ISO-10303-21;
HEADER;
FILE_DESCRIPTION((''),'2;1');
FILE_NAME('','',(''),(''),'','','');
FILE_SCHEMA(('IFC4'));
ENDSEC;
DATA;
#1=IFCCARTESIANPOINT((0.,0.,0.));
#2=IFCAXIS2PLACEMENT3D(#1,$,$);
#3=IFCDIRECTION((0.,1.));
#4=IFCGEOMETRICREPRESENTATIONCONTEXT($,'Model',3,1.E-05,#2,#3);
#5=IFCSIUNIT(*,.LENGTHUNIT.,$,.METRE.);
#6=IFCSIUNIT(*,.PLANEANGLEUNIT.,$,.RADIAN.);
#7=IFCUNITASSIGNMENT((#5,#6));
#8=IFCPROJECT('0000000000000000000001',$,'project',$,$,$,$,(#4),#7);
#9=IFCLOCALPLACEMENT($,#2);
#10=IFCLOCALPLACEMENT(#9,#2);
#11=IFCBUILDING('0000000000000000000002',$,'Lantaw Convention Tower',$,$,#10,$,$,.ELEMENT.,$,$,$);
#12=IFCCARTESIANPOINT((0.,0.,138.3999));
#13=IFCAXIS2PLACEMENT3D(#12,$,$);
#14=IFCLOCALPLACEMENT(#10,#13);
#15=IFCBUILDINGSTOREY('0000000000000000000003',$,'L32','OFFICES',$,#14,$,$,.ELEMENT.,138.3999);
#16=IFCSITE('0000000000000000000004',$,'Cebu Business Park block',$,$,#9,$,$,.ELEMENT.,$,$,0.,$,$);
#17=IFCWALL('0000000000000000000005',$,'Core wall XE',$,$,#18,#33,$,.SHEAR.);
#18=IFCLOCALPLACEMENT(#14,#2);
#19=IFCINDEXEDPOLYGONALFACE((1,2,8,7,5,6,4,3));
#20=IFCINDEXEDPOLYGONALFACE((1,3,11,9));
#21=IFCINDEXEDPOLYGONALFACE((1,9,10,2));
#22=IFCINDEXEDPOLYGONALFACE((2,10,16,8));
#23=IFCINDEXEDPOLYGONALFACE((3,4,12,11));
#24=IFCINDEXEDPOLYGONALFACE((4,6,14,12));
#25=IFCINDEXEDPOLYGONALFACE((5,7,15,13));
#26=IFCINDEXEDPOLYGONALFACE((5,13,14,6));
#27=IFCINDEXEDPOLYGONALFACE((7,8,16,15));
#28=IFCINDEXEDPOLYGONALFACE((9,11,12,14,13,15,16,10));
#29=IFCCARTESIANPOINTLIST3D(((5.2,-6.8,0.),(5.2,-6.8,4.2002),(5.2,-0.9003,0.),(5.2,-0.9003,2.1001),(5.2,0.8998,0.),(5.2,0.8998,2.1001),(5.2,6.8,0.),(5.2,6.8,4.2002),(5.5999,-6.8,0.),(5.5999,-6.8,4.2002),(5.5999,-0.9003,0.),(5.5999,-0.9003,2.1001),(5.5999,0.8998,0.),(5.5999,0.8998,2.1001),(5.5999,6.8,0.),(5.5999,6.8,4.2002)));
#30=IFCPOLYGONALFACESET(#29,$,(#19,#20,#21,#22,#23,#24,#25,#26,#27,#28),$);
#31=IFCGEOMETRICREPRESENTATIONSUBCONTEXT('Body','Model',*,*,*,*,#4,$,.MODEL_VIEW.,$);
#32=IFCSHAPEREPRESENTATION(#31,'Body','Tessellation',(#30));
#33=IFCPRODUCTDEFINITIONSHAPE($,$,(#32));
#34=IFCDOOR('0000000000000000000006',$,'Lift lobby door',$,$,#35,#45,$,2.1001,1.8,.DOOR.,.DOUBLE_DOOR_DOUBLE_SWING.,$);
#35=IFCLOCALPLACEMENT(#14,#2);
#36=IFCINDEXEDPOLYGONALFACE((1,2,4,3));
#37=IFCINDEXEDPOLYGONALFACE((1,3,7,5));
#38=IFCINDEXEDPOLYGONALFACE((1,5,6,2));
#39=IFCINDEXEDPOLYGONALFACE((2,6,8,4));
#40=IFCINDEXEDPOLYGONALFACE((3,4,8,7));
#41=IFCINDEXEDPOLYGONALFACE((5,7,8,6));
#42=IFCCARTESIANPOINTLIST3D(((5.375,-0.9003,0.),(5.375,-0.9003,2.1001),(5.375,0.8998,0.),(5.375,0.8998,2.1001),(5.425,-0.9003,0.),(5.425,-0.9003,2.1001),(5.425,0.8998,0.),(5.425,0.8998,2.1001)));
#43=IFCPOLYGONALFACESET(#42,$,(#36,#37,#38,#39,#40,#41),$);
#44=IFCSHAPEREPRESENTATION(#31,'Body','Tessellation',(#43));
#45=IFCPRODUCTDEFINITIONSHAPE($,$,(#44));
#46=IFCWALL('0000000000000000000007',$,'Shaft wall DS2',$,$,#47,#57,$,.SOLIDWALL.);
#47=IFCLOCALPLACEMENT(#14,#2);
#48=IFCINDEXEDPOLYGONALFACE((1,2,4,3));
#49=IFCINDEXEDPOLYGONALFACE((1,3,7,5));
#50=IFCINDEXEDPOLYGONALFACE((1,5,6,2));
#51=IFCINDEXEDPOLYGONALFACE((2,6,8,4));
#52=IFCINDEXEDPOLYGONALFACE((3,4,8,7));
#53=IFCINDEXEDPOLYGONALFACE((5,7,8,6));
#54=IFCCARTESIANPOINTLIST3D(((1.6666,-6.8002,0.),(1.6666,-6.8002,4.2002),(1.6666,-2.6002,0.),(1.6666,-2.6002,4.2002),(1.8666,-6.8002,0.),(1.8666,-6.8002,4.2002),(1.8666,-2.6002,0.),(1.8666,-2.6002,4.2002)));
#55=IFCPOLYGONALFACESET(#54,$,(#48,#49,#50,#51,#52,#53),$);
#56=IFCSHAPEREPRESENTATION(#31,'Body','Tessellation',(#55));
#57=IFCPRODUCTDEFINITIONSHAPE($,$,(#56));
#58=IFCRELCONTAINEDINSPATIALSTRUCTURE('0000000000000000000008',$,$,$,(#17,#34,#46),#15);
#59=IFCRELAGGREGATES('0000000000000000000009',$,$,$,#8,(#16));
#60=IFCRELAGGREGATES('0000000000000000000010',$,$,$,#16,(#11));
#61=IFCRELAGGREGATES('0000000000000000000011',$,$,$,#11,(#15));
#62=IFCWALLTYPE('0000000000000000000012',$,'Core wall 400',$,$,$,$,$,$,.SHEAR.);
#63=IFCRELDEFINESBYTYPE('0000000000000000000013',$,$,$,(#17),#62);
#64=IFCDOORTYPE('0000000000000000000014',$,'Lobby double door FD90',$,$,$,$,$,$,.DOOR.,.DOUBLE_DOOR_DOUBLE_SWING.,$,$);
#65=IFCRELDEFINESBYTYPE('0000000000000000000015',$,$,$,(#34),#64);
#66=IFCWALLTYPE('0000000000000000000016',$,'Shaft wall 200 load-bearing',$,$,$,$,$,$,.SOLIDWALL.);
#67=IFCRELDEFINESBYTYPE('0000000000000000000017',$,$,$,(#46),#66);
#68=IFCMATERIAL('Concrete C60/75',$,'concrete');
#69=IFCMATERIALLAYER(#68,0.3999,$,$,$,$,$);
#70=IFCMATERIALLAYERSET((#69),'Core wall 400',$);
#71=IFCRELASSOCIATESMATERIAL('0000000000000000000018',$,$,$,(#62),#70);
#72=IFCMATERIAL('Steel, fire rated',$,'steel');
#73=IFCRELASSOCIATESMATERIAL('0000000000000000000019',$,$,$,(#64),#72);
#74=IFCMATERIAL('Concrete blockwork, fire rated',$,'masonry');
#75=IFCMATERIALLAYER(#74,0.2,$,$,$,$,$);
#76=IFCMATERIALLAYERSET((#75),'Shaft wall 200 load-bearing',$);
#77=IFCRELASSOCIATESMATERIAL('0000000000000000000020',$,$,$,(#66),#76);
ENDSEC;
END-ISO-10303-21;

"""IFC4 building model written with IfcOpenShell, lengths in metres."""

from ifc_helpers import new_model, si_unit, direction, frame, frame_2d, origin, place, context, subcontext, project, spatial, rectangle, extrude, material, layer, layer_set, type_object, element, fill, save


model = new_model("IFC4")

# Units and contexts
model_context = context("Model", 3, precision=1e-05, world=origin(), true_north=direction((0.0, 1.0)))
body_context = subcontext(model_context, "Body", "Model", "MODEL_VIEW")
ifc_project = project(units=[si_unit("LENGTHUNIT", "METRE"), si_unit("PLANEANGLEUNIT", "RADIAN")], contexts=[model_context])

# Site, building, storey
site_placement = place(None, origin())
site = spatial("IfcSite", under=ifc_project, at=site_placement, Name="Cebu Business Park block", CompositionType="ELEMENT", RefElevation=0.0)
building_placement = place(site_placement, origin())
building = spatial("IfcBuilding", under=site, at=building_placement, Name="Lantaw Convention Tower", CompositionType="ELEMENT")
storey_placement = place(building_placement, frame((0.0, 0.0, 138.3999)))
storey = spatial("IfcBuildingStorey", under=building, at=storey_placement, Name="L32", Description="OFFICES", CompositionType="ELEMENT", Elevation=138.3999)

# Wall, opening, door
ifc_material_1 = material(Name="Concrete C60/75", Category="concrete")
ifc_material_2 = material(Name="Steel, fire rated", Category="steel")
ifc_layer_1 = layer(ifc_material_1, 0.3999)
ifc_layer_set_1 = layer_set([ifc_layer_1], Name="Core wall 400")
wall_type_1 = type_object("IfcWallType", Name="Core wall 400", PredefinedType="SHEAR", material=ifc_layer_set_1)
wall_1_placement = place(storey_placement, frame((5.3999, -6.8, 0.0), z_axis=(0.0, 0.0, 1.0), x_axis=(0.0, 1.0, 0.0)))
wall_1 = element("IfcWall", 1, at=wall_1_placement, inside=storey, type_object=wall_type_1, Name="Core wall XE", PredefinedType="SHEAR", context=body_context, shape_type="SweptSolid", body=[
    extrude(rectangle(XDim=13.6001, YDim=0.3999, at=frame_2d((6.8, 0.0))), origin(), (0.0, 0.0, 1.0), 4.2002),
])
opening_1_placement = place(wall_1_placement, frame((5.8999, 0.0, 0.0)))
opening_1 = element("IfcOpeningElement", 2, at=opening_1_placement, cuts=wall_1, PredefinedType="OPENING", context=body_context, shape_type="SweptSolid", body=[
    extrude(rectangle(XDim=1.8, YDim=2.1001, at=frame_2d((0.8999, 1.05))), frame((0.0, 0.21, 0.0), z_axis=(0.0, -1.0, 0.0), x_axis=(1.0, 0.0, 0.0)), (0.0, 0.0, 1.0), 0.4199),
])
door_type_1 = type_object("IfcDoorType", Name="Lobby double door FD90", OperationType="DOUBLE_DOOR_DOUBLE_SWING", PredefinedType="DOOR", material=ifc_material_2)
door_1_placement = place(opening_1_placement, origin())
door_1 = element("IfcDoor", 3, at=door_1_placement, inside=storey, type_object=door_type_1, Name="Lift lobby door", OperationType="DOUBLE_DOOR_DOUBLE_SWING", OverallHeight=2.1001, OverallWidth=1.8, PredefinedType="DOOR", context=body_context, shape_type="SweptSolid", body=[
    extrude(rectangle(XDim=1.8, YDim=2.1001, at=frame_2d((0.8999, 1.05))), frame((0.0, 0.0249, 0.0), z_axis=(0.0, -1.0, 0.0), x_axis=(1.0, 0.0, 0.0)), (0.0, 0.0, 1.0), 0.05),
])
fill(opening_1, door_1)

# Wall
ifc_material_3 = material(Name="Concrete blockwork, fire rated", Category="masonry")
ifc_layer_2 = layer(ifc_material_3, 0.2)
ifc_layer_set_2 = layer_set([ifc_layer_2], Name="Shaft wall 200 load-bearing")
wall_type_2 = type_object("IfcWallType", Name="Shaft wall 200 load-bearing", PredefinedType="SOLIDWALL", material=ifc_layer_set_2)
wall_2_placement = place(storey_placement, frame((1.7666, -2.6001, 0.0), z_axis=(0.0, 0.0, 1.0), x_axis=(0.0, -1.0, 0.0)))
element("IfcWall", 4, at=wall_2_placement, inside=storey, type_object=wall_type_2, Name="Shaft wall DS2", PredefinedType="SOLIDWALL", context=body_context, shape_type="SweptSolid", body=[
    extrude(rectangle(XDim=4.2, YDim=0.2, at=frame_2d((2.1001, 0.0))), origin(), (0.0, 0.0, 1.0), 4.2002),
])

save(model, "model.ifc")
